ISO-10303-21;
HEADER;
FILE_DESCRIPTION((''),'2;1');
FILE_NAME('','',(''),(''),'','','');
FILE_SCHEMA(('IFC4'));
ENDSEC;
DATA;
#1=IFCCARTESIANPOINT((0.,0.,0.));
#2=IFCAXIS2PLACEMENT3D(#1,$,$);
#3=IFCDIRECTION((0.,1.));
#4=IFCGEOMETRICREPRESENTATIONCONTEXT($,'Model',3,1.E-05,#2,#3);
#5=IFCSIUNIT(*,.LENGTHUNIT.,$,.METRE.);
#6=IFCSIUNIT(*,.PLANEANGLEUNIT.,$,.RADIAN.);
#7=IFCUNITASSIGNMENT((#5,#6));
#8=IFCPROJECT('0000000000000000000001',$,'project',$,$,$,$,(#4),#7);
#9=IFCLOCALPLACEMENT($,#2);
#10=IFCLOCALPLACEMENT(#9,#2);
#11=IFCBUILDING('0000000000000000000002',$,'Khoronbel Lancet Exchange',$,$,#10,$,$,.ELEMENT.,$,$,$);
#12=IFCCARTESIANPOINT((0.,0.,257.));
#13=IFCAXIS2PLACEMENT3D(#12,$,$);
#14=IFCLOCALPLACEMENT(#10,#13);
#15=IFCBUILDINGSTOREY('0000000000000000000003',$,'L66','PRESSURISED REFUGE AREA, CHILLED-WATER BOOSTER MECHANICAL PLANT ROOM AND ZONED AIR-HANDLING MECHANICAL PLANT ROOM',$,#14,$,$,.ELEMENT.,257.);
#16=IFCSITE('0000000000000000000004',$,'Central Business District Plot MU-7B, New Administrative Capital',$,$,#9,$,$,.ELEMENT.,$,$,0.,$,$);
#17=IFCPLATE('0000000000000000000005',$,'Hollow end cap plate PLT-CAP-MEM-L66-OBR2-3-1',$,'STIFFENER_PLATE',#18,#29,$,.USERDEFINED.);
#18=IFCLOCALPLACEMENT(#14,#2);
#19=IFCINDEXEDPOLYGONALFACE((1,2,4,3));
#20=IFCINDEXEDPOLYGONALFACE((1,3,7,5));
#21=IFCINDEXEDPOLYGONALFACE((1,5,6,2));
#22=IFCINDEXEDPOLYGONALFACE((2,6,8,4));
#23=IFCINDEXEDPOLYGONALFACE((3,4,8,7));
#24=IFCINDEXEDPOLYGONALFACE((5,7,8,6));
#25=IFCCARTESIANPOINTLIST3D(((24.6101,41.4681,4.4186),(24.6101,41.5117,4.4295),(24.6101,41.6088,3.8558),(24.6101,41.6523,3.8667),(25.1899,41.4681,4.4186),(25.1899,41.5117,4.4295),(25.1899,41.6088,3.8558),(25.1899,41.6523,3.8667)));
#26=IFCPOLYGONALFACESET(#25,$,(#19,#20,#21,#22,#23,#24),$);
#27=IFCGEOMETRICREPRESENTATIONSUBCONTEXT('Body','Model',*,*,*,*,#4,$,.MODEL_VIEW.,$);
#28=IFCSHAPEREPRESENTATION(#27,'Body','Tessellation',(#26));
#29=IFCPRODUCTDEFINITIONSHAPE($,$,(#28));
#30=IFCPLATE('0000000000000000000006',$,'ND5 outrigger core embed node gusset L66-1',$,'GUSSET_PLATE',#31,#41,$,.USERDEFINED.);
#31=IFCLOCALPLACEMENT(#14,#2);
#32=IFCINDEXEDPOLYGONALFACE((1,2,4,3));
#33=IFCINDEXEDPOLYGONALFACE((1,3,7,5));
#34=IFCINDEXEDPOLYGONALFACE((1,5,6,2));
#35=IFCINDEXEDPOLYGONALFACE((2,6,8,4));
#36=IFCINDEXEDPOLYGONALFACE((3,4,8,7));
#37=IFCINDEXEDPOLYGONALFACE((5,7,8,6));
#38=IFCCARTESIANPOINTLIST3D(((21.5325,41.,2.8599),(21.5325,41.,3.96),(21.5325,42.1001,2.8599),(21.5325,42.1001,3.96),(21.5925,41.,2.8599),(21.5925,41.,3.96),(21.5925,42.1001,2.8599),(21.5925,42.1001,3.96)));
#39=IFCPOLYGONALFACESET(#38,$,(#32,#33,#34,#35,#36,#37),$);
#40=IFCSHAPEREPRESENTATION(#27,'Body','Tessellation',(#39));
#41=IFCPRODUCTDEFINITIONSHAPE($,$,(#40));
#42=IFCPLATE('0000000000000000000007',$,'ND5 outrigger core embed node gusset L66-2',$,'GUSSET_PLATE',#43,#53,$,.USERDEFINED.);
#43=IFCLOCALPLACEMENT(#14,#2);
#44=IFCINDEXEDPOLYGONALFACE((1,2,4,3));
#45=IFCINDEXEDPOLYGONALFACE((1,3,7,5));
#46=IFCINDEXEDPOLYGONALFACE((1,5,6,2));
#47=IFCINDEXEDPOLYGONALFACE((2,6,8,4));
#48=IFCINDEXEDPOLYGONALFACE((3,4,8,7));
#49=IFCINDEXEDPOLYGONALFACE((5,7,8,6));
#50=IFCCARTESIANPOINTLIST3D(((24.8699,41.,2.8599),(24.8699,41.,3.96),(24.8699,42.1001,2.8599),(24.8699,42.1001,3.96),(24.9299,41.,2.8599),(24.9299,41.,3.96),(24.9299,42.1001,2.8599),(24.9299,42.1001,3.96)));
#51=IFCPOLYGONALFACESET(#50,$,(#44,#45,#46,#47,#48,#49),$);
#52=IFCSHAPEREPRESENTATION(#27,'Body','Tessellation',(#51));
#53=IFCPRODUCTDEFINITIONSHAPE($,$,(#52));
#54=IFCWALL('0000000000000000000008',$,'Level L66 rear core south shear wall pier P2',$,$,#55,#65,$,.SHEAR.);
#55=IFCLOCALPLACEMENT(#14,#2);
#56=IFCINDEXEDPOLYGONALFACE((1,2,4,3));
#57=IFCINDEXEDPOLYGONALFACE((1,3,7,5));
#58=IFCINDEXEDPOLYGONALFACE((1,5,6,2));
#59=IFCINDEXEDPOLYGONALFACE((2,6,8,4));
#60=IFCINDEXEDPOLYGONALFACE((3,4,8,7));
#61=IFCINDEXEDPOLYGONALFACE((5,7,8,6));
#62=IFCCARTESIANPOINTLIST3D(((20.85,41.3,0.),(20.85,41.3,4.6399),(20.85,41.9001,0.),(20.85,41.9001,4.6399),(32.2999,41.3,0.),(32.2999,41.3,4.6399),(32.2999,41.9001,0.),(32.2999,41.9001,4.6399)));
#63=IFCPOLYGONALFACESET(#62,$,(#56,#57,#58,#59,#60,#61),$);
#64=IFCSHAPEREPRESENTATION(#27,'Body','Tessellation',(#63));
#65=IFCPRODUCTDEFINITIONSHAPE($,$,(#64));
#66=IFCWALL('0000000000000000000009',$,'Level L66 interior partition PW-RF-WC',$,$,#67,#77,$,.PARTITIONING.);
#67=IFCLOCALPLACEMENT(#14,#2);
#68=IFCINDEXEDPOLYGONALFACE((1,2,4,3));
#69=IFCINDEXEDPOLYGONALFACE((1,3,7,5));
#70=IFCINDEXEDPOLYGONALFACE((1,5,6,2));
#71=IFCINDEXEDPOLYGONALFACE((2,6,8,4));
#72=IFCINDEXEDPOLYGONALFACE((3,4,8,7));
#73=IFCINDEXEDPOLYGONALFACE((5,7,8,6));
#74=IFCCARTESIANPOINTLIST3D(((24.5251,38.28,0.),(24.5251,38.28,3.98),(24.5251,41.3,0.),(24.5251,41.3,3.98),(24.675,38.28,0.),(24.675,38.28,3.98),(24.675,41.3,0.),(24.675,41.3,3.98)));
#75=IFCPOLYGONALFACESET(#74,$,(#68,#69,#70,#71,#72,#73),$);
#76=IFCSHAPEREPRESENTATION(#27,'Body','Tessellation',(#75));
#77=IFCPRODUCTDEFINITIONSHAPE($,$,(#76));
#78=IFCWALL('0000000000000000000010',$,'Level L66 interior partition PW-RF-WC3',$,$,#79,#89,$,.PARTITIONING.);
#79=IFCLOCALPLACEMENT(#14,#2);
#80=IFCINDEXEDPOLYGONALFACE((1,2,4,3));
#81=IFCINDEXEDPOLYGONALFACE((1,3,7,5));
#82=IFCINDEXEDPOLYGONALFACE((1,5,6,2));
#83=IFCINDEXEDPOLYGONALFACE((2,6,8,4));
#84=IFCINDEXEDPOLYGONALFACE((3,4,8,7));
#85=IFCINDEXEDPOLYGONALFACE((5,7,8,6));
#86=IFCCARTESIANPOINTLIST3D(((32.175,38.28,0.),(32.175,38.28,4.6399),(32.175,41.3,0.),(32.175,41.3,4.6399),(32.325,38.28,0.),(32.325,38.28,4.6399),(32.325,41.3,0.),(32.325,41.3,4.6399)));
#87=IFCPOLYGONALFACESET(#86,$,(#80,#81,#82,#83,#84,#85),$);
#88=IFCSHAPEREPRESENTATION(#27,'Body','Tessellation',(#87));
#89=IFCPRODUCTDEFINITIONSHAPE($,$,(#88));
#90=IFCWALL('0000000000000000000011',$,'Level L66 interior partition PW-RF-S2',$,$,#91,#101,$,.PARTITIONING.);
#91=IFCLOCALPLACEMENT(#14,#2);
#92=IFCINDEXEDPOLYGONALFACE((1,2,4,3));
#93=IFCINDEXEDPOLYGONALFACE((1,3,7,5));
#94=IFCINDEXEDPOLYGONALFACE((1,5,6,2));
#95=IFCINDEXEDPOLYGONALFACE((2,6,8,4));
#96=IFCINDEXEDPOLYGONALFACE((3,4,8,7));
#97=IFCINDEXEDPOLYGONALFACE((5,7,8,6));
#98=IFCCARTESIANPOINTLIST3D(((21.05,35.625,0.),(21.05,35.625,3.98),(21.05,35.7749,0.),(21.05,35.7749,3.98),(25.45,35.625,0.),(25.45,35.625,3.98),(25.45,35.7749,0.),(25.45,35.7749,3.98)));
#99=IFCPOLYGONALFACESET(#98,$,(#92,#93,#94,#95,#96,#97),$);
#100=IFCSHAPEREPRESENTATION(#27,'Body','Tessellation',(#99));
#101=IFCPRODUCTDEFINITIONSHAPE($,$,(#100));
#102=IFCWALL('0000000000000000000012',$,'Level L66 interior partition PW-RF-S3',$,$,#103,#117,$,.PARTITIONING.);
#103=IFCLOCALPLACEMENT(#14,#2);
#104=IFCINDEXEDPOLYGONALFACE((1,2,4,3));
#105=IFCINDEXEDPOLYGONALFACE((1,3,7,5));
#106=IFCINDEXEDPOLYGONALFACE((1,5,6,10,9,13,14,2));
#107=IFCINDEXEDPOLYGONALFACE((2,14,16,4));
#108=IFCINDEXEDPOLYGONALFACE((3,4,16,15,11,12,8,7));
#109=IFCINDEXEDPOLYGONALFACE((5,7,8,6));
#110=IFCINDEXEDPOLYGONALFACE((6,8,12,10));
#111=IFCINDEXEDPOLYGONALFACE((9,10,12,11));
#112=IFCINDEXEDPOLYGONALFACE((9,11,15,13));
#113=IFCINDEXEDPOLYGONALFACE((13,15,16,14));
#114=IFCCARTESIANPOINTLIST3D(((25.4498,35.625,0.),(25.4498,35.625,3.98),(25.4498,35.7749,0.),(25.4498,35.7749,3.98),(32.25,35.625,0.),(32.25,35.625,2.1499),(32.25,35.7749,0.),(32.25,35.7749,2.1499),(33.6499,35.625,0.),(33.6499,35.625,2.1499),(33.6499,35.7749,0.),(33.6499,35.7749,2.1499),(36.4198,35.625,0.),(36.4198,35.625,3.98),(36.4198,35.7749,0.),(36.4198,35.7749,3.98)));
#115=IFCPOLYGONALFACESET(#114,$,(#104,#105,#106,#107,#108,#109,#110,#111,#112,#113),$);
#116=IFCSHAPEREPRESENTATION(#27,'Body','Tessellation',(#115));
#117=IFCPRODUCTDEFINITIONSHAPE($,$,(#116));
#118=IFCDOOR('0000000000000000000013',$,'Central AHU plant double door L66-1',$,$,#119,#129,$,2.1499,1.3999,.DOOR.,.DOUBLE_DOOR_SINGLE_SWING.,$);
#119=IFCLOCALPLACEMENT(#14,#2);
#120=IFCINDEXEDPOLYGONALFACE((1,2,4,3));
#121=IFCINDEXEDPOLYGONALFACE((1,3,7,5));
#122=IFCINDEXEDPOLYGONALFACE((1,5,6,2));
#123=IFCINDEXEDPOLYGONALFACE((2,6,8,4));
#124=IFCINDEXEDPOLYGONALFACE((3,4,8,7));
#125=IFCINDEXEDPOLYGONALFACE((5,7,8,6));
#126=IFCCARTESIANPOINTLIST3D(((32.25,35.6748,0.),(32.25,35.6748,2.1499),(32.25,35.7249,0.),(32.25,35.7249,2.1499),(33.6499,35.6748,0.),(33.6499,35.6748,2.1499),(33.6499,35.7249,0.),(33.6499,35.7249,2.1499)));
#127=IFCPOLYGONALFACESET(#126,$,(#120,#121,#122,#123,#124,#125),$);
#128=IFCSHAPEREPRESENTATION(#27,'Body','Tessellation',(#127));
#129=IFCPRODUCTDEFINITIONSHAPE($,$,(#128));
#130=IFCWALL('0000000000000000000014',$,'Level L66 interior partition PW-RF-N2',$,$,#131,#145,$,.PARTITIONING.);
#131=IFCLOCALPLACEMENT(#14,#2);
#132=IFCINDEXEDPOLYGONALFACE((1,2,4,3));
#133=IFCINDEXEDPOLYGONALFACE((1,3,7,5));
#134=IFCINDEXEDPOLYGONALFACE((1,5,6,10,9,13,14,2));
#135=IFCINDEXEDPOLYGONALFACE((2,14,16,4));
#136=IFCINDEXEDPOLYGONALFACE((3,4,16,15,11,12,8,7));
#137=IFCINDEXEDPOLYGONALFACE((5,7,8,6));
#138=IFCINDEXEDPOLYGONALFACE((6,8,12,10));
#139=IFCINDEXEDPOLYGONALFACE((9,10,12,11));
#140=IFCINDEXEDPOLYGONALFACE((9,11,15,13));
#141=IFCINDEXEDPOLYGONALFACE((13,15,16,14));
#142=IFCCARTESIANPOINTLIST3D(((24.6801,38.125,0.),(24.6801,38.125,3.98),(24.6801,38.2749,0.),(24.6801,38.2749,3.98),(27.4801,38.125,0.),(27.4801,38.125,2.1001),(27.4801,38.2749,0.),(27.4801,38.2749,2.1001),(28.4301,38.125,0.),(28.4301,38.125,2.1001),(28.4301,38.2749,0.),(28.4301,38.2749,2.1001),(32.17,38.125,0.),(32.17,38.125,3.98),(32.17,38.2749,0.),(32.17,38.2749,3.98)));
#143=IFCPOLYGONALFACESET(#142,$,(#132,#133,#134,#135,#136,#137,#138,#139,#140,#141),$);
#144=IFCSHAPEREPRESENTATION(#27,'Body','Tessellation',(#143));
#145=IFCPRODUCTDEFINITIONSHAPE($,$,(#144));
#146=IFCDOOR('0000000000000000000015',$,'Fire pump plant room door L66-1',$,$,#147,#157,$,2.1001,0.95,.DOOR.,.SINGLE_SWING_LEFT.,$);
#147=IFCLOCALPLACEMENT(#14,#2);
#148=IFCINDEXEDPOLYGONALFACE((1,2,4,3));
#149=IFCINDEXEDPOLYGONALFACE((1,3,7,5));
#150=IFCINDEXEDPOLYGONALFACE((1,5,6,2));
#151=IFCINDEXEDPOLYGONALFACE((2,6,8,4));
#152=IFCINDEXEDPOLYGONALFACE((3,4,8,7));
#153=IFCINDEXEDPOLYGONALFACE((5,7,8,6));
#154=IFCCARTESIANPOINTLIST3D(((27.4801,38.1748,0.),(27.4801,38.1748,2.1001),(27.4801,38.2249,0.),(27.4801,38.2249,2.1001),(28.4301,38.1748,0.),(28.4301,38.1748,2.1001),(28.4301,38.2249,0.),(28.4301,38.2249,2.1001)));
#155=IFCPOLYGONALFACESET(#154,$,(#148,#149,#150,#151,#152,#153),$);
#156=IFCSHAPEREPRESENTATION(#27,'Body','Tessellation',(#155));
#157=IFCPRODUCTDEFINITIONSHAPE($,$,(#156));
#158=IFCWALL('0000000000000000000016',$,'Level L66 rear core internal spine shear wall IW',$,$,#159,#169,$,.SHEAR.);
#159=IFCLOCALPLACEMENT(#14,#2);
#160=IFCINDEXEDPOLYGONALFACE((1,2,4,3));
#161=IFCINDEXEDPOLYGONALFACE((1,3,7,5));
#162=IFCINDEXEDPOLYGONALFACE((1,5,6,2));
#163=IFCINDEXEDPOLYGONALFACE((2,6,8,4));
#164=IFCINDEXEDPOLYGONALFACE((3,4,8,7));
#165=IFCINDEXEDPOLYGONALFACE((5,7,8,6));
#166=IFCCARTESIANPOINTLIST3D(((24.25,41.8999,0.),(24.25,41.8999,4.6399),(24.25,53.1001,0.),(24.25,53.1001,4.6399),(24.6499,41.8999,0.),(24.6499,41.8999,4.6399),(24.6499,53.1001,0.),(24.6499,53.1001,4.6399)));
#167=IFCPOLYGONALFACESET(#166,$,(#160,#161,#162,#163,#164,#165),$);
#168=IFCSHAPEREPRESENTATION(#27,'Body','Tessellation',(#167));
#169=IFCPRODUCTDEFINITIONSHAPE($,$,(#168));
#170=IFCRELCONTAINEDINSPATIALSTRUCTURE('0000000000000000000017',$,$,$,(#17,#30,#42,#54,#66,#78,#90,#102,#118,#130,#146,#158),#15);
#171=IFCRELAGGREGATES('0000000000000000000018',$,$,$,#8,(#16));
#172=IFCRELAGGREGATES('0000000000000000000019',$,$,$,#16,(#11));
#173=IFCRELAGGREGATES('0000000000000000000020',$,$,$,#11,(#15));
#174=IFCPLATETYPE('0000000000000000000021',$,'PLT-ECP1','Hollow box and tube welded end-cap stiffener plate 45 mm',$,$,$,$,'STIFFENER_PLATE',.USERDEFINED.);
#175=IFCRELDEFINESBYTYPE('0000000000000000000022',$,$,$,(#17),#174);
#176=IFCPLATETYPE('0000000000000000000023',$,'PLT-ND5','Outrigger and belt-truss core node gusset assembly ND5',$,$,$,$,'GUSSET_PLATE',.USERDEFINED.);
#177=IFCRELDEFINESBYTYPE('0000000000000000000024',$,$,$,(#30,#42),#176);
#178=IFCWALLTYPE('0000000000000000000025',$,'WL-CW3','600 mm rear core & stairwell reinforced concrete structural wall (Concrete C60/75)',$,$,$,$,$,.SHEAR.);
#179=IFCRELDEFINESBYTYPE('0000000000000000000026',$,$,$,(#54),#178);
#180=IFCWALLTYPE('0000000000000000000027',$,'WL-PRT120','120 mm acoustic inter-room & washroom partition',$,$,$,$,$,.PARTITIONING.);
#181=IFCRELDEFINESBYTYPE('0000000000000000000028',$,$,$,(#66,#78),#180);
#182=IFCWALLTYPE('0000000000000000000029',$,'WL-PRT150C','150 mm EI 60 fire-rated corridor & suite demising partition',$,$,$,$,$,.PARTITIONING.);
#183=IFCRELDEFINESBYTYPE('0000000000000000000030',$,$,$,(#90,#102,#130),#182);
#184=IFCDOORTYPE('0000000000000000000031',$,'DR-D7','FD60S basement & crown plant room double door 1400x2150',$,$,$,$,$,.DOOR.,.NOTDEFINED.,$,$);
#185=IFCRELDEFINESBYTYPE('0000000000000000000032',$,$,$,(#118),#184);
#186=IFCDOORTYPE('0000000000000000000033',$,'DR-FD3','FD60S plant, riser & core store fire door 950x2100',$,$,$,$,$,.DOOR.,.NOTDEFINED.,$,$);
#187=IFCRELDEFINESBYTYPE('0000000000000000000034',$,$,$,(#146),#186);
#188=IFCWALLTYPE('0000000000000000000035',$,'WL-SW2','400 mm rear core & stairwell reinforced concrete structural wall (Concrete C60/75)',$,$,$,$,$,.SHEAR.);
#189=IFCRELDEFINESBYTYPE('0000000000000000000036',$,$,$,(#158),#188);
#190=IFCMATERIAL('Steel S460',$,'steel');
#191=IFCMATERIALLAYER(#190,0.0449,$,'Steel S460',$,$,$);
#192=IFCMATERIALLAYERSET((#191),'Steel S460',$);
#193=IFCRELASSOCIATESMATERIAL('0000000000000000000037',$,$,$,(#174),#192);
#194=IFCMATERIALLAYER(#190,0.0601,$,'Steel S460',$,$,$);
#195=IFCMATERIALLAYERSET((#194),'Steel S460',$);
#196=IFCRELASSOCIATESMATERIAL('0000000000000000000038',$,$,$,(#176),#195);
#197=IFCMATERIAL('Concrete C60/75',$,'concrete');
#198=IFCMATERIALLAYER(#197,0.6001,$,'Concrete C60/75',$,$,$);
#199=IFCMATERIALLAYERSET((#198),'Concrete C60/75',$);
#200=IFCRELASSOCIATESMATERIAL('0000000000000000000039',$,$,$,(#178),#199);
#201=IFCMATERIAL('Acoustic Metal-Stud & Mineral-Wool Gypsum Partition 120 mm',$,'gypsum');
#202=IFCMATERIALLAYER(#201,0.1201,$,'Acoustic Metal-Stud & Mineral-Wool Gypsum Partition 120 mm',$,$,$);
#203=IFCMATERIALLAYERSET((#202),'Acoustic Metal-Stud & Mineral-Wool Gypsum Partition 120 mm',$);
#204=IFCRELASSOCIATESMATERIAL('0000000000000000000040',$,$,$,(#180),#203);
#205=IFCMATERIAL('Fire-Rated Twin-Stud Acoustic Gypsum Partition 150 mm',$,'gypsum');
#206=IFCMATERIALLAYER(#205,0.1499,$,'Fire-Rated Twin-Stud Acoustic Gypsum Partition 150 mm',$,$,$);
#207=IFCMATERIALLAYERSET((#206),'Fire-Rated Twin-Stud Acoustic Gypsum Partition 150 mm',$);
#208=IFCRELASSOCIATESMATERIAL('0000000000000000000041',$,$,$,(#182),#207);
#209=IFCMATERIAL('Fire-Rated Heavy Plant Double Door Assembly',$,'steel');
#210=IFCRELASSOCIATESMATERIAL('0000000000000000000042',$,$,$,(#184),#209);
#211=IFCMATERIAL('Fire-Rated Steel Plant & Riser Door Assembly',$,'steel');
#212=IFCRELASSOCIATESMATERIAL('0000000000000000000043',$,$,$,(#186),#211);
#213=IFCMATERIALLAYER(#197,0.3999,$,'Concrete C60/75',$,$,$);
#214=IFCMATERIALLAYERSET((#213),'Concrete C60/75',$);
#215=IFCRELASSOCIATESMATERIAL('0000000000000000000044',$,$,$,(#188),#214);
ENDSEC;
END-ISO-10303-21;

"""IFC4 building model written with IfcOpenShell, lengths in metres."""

from ifc_helpers import new_model, si_unit, direction, frame, frame_2d, origin, origin_2d, place, context, subcontext, project, spatial, polyline, rectangle, outline, extrude, material, layer, layer_set, type_object, element, fill, save


model = new_model("IFC4")

# Units and contexts
model_context = context("Model", 3, precision=1e-05, world=origin(), true_north=direction((0.0, 1.0)))
body_context = subcontext(model_context, "Body", "Model", "MODEL_VIEW")
ifc_project = project(units=[si_unit("LENGTHUNIT", "METRE"), si_unit("PLANEANGLEUNIT", "RADIAN")], contexts=[model_context])

# Site, building, storey
site_placement = place(None, origin())
site = spatial("IfcSite", under=ifc_project, at=site_placement, Name="Central Business District Plot MU-7B, New Administrative Capital", CompositionType="ELEMENT", RefElevation=0.0)
building_placement = place(site_placement, origin())
building = spatial("IfcBuilding", under=site, at=building_placement, Name="Khoronbel Lancet Exchange", CompositionType="ELEMENT")
storey_placement = place(building_placement, frame((0.0, 0.0, 257.0)))
storey = spatial("IfcBuildingStorey", under=building, at=storey_placement, Name="L66", Description="PRESSURISED REFUGE AREA, CHILLED-WATER BOOSTER MECHANICAL PLANT ROOM AND ZONED AIR-HANDLING MECHANICAL PLANT ROOM", CompositionType="ELEMENT", Elevation=257.0)

# Shared definitions
ifc_material_1 = material(Name="Concrete C60/75", Category="concrete")

# Shared definitions
ifc_material_2 = material(Name="Steel S460", Category="steel")

# Plates
ifc_layer_1 = layer(ifc_material_2, 0.0449, Name="Steel S460")
ifc_layer_set_1 = layer_set([ifc_layer_1], Name="Steel S460")
plate_type_1 = type_object("IfcPlateType", Name="PLT-ECP1", Description="Hollow box and tube welded end-cap stiffener plate 45 mm", ElementType="STIFFENER_PLATE", PredefinedType="USERDEFINED", material=ifc_layer_set_1)
for number, where, z_axis, x_axis, name in (
    (1, (25.1899, 41.6523, 3.8667), (0.0, 0.970167, 0.242437), (-1.0, 0.0, 0.0), "Hollow end cap plate PLT-CAP-MEM-L66-OBR2-3-1"),
):
    element("IfcPlate", number, at=place(storey_placement, frame(where, z_axis=z_axis, x_axis=x_axis)), inside=storey, type_object=plate_type_1, Name=name, ObjectType="STIFFENER_PLATE", PredefinedType="USERDEFINED", context=body_context, shape_type="SweptSolid", body=[
        extrude(outline(polyline([(0.0, 0.0), (0.5798, 0.0), (0.5798, 0.5801), (0.0, 0.5801), (0.0, 0.0)])), origin(), (0.0, 0.0, -1.0), 0.0449),
    ])
ifc_layer_2 = layer(ifc_material_2, 0.0601, Name="Steel S460")
ifc_layer_set_2 = layer_set([ifc_layer_2], Name="Steel S460")
plate_type_2 = type_object("IfcPlateType", Name="PLT-ND5", Description="Outrigger and belt-truss core node gusset assembly ND5", ElementType="GUSSET_PLATE", PredefinedType="USERDEFINED", material=ifc_layer_set_2)
for number, where, z_axis, x_axis, name in (
    (2, (21.5625, 41.55, 2.8599), (0.0, 0.0, 1.0), (1.0, 0.0, 0.0), "ND5 outrigger core embed node gusset L66-1"),
    (3, (24.8999, 41.55, 2.8599), (0.0, 0.0, 1.0), (1.0, 0.0, 0.0), "ND5 outrigger core embed node gusset L66-2"),
):
    element("IfcPlate", number, at=place(storey_placement, frame(where, z_axis=z_axis, x_axis=x_axis)), inside=storey, type_object=plate_type_2, Name=name, ObjectType="GUSSET_PLATE", PredefinedType="USERDEFINED", context=body_context, shape_type="SweptSolid", body=[
        extrude(rectangle(XDim=0.0601, YDim=1.1001, at=origin_2d()), origin(), (0.0, 0.0, 1.0), 1.1001),
    ])

# Walls
ifc_layer_3 = layer(ifc_material_1, 0.6001, Name="Concrete C60/75")
ifc_layer_set_3 = layer_set([ifc_layer_3], Name="Concrete C60/75")
wall_type_1 = type_object("IfcWallType", Name="WL-CW3", Description="600 mm rear core & stairwell reinforced concrete structural wall (Concrete C60/75)", PredefinedType="SHEAR", material=ifc_layer_set_3)
wall_1_placement = place(storey_placement, frame((32.3, 41.6001, 0.0), z_axis=(0.0, 0.0, 1.0), x_axis=(-1.0, 0.0, 0.0)))
element("IfcWall", 4, at=wall_1_placement, inside=storey, type_object=wall_type_1, Name="Level L66 rear core south shear wall pier P2", PredefinedType="SHEAR", context=body_context, shape_type="SweptSolid", body=[
    extrude(rectangle(XDim=11.45, YDim=0.6001, at=frame_2d((5.7251, 0.0))), origin(), (0.0, 0.0, 1.0), 4.6399),
])
ifc_material_3 = material(Name="Acoustic Metal-Stud & Mineral-Wool Gypsum Partition 120 mm", Category="gypsum")
ifc_layer_4 = layer(ifc_material_3, 0.1201, Name="Acoustic Metal-Stud & Mineral-Wool Gypsum Partition 120 mm")
ifc_layer_set_4 = layer_set([ifc_layer_4], Name="Acoustic Metal-Stud & Mineral-Wool Gypsum Partition 120 mm")
wall_type_2 = type_object("IfcWallType", Name="WL-PRT120", Description="120 mm acoustic inter-room & washroom partition", PredefinedType="PARTITIONING", material=ifc_layer_set_4)
wall_2_placement = place(storey_placement, frame((24.6001, 38.28, 0.0), z_axis=(0.0, 0.0, 1.0), x_axis=(0.0, 1.0, 0.0)))
element("IfcWall", 5, at=wall_2_placement, inside=storey, type_object=wall_type_2, Name="Level L66 interior partition PW-RF-WC", PredefinedType="PARTITIONING", context=body_context, shape_type="SweptSolid", body=[
    extrude(rectangle(XDim=3.02, YDim=0.1499, at=frame_2d((1.51, 0.0))), origin(), (0.0, 0.0, 1.0), 3.98),
])
wall_3_placement = place(storey_placement, frame((32.25, 38.28, 0.0), z_axis=(0.0, 0.0, 1.0), x_axis=(0.0, 1.0, 0.0)))
element("IfcWall", 6, at=wall_3_placement, inside=storey, type_object=wall_type_2, Name="Level L66 interior partition PW-RF-WC3", PredefinedType="PARTITIONING", context=body_context, shape_type="SweptSolid", body=[
    extrude(rectangle(XDim=3.02, YDim=0.1499, at=frame_2d((1.51, 0.0))), origin(), (0.0, 0.0, 1.0), 4.6399),
])
ifc_material_4 = material(Name="Fire-Rated Twin-Stud Acoustic Gypsum Partition 150 mm", Category="gypsum")
ifc_layer_5 = layer(ifc_material_4, 0.1499, Name="Fire-Rated Twin-Stud Acoustic Gypsum Partition 150 mm")
ifc_layer_set_5 = layer_set([ifc_layer_5], Name="Fire-Rated Twin-Stud Acoustic Gypsum Partition 150 mm")
wall_type_3 = type_object("IfcWallType", Name="WL-PRT150C", Description="150 mm EI 60 fire-rated corridor & suite demising partition", PredefinedType="PARTITIONING", material=ifc_layer_set_5)
wall_4_placement = place(storey_placement, frame((21.05, 35.7, 0.0), z_axis=(0.0, 0.0, 1.0), x_axis=(1.0, 0.0, 0.0)))
element("IfcWall", 7, at=wall_4_placement, inside=storey, type_object=wall_type_3, Name="Level L66 interior partition PW-RF-S2", PredefinedType="PARTITIONING", context=body_context, shape_type="SweptSolid", body=[
    extrude(rectangle(XDim=4.3999, YDim=0.1499, at=frame_2d((2.2, 0.0))), origin(), (0.0, 0.0, 1.0), 3.98),
])

# Walls, openings, doors
wall_5_placement = place(storey_placement, frame((25.45, 35.7, 0.0), z_axis=(0.0, 0.0, 1.0), x_axis=(1.0, 0.0, 0.0)))
wall_5 = element("IfcWall", 8, at=wall_5_placement, inside=storey, type_object=wall_type_3, Name="Level L66 interior partition PW-RF-S3", PredefinedType="PARTITIONING", context=body_context, shape_type="SweptSolid", body=[
    extrude(rectangle(XDim=10.97, YDim=0.1499, at=frame_2d((5.4849, 0.0))), origin(), (0.0, 0.0, 1.0), 3.98),
])
opening_1_placement = place(wall_5_placement, frame((6.8, 0.0, 0.0)))
opening_1 = element("IfcOpeningElement", 9, at=opening_1_placement, cuts=wall_5, PredefinedType="OPENING", context=body_context, shape_type="SweptSolid", body=[
    extrude(rectangle(XDim=1.3999, YDim=2.1499, at=frame_2d((0.7, 1.075))), frame((0.0, 0.085, 0.0), z_axis=(0.0, -1.0, 0.0), x_axis=(1.0, 0.0, 0.0)), (0.0, 0.0, 1.0), 0.1699),
])
ifc_material_5 = material(Name="Fire-Rated Heavy Plant Double Door Assembly", Category="steel")
door_type_1 = type_object("IfcDoorType", Name="DR-D7", Description="FD60S basement & crown plant room double door 1400x2150", OperationType="NOTDEFINED", PredefinedType="DOOR", material=ifc_material_5)
door_1_placement = place(opening_1_placement, origin())
door_1 = element("IfcDoor", 10, at=door_1_placement, inside=storey, type_object=door_type_1, Name="Central AHU plant double door L66-1", OperationType="DOUBLE_DOOR_SINGLE_SWING", OverallHeight=2.1499, OverallWidth=1.3999, PredefinedType="DOOR", context=body_context, shape_type="SweptSolid", body=[
    extrude(rectangle(XDim=1.3999, YDim=2.1499, at=frame_2d((0.7, 1.075))), frame((0.0, 0.0249, 0.0), z_axis=(0.0, -1.0, 0.0), x_axis=(1.0, 0.0, 0.0)), (0.0, 0.0, 1.0), 0.05),
])
fill(opening_1, door_1)
wall_6_placement = place(storey_placement, frame((24.6799, 38.2, 0.0), z_axis=(0.0, 0.0, 1.0), x_axis=(1.0, 0.0, 0.0)))
wall_6 = element("IfcWall", 11, at=wall_6_placement, inside=storey, type_object=wall_type_3, Name="Level L66 interior partition PW-RF-N2", PredefinedType="PARTITIONING", context=body_context, shape_type="SweptSolid", body=[
    extrude(rectangle(XDim=7.49, YDim=0.1499, at=frame_2d((3.7451, 0.0))), origin(), (0.0, 0.0, 1.0), 3.98),
])
opening_2_placement = place(wall_6_placement, frame((2.8, 0.0, 0.0)))
opening_2 = element("IfcOpeningElement", 12, at=opening_2_placement, cuts=wall_6, PredefinedType="OPENING", context=body_context, shape_type="SweptSolid", body=[
    extrude(rectangle(XDim=0.95, YDim=2.1001, at=frame_2d((0.4751, 1.05))), frame((0.0, 0.085, 0.0), z_axis=(0.0, -1.0, 0.0), x_axis=(1.0, 0.0, 0.0)), (0.0, 0.0, 1.0), 0.1699),
])
ifc_material_6 = material(Name="Fire-Rated Steel Plant & Riser Door Assembly", Category="steel")
door_type_2 = type_object("IfcDoorType", Name="DR-FD3", Description="FD60S plant, riser & core store fire door 950x2100", OperationType="NOTDEFINED", PredefinedType="DOOR", material=ifc_material_6)
door_2_placement = place(opening_2_placement, origin())
door_2 = element("IfcDoor", 13, at=door_2_placement, inside=storey, type_object=door_type_2, Name="Fire pump plant room door L66-1", OperationType="SINGLE_SWING_LEFT", OverallHeight=2.1001, OverallWidth=0.95, PredefinedType="DOOR", context=body_context, shape_type="SweptSolid", body=[
    extrude(rectangle(XDim=0.95, YDim=2.1001, at=frame_2d((0.4751, 1.05))), frame((0.0, 0.0249, 0.0), z_axis=(0.0, -1.0, 0.0), x_axis=(1.0, 0.0, 0.0)), (0.0, 0.0, 1.0), 0.05),
])
fill(opening_2, door_2)

# Wall
ifc_layer_6 = layer(ifc_material_1, 0.3999, Name="Concrete C60/75")
ifc_layer_set_6 = layer_set([ifc_layer_6], Name="Concrete C60/75")
wall_type_4 = type_object("IfcWallType", Name="WL-SW2", Description="400 mm rear core & stairwell reinforced concrete structural wall (Concrete C60/75)", PredefinedType="SHEAR", material=ifc_layer_set_6)
wall_7_placement = place(storey_placement, frame((24.45, 41.8999, 0.0), z_axis=(0.0, 0.0, 1.0), x_axis=(0.0, 1.0, 0.0)))
element("IfcWall", 14, at=wall_7_placement, inside=storey, type_object=wall_type_4, Name="Level L66 rear core internal spine shear wall IW", PredefinedType="SHEAR", context=body_context, shape_type="SweptSolid", body=[
    extrude(rectangle(XDim=11.2002, YDim=0.3999, at=frame_2d((5.6001, 0.0))), origin(), (0.0, 0.0, 1.0), 4.6399),
])

save(model, "model.ifc")
